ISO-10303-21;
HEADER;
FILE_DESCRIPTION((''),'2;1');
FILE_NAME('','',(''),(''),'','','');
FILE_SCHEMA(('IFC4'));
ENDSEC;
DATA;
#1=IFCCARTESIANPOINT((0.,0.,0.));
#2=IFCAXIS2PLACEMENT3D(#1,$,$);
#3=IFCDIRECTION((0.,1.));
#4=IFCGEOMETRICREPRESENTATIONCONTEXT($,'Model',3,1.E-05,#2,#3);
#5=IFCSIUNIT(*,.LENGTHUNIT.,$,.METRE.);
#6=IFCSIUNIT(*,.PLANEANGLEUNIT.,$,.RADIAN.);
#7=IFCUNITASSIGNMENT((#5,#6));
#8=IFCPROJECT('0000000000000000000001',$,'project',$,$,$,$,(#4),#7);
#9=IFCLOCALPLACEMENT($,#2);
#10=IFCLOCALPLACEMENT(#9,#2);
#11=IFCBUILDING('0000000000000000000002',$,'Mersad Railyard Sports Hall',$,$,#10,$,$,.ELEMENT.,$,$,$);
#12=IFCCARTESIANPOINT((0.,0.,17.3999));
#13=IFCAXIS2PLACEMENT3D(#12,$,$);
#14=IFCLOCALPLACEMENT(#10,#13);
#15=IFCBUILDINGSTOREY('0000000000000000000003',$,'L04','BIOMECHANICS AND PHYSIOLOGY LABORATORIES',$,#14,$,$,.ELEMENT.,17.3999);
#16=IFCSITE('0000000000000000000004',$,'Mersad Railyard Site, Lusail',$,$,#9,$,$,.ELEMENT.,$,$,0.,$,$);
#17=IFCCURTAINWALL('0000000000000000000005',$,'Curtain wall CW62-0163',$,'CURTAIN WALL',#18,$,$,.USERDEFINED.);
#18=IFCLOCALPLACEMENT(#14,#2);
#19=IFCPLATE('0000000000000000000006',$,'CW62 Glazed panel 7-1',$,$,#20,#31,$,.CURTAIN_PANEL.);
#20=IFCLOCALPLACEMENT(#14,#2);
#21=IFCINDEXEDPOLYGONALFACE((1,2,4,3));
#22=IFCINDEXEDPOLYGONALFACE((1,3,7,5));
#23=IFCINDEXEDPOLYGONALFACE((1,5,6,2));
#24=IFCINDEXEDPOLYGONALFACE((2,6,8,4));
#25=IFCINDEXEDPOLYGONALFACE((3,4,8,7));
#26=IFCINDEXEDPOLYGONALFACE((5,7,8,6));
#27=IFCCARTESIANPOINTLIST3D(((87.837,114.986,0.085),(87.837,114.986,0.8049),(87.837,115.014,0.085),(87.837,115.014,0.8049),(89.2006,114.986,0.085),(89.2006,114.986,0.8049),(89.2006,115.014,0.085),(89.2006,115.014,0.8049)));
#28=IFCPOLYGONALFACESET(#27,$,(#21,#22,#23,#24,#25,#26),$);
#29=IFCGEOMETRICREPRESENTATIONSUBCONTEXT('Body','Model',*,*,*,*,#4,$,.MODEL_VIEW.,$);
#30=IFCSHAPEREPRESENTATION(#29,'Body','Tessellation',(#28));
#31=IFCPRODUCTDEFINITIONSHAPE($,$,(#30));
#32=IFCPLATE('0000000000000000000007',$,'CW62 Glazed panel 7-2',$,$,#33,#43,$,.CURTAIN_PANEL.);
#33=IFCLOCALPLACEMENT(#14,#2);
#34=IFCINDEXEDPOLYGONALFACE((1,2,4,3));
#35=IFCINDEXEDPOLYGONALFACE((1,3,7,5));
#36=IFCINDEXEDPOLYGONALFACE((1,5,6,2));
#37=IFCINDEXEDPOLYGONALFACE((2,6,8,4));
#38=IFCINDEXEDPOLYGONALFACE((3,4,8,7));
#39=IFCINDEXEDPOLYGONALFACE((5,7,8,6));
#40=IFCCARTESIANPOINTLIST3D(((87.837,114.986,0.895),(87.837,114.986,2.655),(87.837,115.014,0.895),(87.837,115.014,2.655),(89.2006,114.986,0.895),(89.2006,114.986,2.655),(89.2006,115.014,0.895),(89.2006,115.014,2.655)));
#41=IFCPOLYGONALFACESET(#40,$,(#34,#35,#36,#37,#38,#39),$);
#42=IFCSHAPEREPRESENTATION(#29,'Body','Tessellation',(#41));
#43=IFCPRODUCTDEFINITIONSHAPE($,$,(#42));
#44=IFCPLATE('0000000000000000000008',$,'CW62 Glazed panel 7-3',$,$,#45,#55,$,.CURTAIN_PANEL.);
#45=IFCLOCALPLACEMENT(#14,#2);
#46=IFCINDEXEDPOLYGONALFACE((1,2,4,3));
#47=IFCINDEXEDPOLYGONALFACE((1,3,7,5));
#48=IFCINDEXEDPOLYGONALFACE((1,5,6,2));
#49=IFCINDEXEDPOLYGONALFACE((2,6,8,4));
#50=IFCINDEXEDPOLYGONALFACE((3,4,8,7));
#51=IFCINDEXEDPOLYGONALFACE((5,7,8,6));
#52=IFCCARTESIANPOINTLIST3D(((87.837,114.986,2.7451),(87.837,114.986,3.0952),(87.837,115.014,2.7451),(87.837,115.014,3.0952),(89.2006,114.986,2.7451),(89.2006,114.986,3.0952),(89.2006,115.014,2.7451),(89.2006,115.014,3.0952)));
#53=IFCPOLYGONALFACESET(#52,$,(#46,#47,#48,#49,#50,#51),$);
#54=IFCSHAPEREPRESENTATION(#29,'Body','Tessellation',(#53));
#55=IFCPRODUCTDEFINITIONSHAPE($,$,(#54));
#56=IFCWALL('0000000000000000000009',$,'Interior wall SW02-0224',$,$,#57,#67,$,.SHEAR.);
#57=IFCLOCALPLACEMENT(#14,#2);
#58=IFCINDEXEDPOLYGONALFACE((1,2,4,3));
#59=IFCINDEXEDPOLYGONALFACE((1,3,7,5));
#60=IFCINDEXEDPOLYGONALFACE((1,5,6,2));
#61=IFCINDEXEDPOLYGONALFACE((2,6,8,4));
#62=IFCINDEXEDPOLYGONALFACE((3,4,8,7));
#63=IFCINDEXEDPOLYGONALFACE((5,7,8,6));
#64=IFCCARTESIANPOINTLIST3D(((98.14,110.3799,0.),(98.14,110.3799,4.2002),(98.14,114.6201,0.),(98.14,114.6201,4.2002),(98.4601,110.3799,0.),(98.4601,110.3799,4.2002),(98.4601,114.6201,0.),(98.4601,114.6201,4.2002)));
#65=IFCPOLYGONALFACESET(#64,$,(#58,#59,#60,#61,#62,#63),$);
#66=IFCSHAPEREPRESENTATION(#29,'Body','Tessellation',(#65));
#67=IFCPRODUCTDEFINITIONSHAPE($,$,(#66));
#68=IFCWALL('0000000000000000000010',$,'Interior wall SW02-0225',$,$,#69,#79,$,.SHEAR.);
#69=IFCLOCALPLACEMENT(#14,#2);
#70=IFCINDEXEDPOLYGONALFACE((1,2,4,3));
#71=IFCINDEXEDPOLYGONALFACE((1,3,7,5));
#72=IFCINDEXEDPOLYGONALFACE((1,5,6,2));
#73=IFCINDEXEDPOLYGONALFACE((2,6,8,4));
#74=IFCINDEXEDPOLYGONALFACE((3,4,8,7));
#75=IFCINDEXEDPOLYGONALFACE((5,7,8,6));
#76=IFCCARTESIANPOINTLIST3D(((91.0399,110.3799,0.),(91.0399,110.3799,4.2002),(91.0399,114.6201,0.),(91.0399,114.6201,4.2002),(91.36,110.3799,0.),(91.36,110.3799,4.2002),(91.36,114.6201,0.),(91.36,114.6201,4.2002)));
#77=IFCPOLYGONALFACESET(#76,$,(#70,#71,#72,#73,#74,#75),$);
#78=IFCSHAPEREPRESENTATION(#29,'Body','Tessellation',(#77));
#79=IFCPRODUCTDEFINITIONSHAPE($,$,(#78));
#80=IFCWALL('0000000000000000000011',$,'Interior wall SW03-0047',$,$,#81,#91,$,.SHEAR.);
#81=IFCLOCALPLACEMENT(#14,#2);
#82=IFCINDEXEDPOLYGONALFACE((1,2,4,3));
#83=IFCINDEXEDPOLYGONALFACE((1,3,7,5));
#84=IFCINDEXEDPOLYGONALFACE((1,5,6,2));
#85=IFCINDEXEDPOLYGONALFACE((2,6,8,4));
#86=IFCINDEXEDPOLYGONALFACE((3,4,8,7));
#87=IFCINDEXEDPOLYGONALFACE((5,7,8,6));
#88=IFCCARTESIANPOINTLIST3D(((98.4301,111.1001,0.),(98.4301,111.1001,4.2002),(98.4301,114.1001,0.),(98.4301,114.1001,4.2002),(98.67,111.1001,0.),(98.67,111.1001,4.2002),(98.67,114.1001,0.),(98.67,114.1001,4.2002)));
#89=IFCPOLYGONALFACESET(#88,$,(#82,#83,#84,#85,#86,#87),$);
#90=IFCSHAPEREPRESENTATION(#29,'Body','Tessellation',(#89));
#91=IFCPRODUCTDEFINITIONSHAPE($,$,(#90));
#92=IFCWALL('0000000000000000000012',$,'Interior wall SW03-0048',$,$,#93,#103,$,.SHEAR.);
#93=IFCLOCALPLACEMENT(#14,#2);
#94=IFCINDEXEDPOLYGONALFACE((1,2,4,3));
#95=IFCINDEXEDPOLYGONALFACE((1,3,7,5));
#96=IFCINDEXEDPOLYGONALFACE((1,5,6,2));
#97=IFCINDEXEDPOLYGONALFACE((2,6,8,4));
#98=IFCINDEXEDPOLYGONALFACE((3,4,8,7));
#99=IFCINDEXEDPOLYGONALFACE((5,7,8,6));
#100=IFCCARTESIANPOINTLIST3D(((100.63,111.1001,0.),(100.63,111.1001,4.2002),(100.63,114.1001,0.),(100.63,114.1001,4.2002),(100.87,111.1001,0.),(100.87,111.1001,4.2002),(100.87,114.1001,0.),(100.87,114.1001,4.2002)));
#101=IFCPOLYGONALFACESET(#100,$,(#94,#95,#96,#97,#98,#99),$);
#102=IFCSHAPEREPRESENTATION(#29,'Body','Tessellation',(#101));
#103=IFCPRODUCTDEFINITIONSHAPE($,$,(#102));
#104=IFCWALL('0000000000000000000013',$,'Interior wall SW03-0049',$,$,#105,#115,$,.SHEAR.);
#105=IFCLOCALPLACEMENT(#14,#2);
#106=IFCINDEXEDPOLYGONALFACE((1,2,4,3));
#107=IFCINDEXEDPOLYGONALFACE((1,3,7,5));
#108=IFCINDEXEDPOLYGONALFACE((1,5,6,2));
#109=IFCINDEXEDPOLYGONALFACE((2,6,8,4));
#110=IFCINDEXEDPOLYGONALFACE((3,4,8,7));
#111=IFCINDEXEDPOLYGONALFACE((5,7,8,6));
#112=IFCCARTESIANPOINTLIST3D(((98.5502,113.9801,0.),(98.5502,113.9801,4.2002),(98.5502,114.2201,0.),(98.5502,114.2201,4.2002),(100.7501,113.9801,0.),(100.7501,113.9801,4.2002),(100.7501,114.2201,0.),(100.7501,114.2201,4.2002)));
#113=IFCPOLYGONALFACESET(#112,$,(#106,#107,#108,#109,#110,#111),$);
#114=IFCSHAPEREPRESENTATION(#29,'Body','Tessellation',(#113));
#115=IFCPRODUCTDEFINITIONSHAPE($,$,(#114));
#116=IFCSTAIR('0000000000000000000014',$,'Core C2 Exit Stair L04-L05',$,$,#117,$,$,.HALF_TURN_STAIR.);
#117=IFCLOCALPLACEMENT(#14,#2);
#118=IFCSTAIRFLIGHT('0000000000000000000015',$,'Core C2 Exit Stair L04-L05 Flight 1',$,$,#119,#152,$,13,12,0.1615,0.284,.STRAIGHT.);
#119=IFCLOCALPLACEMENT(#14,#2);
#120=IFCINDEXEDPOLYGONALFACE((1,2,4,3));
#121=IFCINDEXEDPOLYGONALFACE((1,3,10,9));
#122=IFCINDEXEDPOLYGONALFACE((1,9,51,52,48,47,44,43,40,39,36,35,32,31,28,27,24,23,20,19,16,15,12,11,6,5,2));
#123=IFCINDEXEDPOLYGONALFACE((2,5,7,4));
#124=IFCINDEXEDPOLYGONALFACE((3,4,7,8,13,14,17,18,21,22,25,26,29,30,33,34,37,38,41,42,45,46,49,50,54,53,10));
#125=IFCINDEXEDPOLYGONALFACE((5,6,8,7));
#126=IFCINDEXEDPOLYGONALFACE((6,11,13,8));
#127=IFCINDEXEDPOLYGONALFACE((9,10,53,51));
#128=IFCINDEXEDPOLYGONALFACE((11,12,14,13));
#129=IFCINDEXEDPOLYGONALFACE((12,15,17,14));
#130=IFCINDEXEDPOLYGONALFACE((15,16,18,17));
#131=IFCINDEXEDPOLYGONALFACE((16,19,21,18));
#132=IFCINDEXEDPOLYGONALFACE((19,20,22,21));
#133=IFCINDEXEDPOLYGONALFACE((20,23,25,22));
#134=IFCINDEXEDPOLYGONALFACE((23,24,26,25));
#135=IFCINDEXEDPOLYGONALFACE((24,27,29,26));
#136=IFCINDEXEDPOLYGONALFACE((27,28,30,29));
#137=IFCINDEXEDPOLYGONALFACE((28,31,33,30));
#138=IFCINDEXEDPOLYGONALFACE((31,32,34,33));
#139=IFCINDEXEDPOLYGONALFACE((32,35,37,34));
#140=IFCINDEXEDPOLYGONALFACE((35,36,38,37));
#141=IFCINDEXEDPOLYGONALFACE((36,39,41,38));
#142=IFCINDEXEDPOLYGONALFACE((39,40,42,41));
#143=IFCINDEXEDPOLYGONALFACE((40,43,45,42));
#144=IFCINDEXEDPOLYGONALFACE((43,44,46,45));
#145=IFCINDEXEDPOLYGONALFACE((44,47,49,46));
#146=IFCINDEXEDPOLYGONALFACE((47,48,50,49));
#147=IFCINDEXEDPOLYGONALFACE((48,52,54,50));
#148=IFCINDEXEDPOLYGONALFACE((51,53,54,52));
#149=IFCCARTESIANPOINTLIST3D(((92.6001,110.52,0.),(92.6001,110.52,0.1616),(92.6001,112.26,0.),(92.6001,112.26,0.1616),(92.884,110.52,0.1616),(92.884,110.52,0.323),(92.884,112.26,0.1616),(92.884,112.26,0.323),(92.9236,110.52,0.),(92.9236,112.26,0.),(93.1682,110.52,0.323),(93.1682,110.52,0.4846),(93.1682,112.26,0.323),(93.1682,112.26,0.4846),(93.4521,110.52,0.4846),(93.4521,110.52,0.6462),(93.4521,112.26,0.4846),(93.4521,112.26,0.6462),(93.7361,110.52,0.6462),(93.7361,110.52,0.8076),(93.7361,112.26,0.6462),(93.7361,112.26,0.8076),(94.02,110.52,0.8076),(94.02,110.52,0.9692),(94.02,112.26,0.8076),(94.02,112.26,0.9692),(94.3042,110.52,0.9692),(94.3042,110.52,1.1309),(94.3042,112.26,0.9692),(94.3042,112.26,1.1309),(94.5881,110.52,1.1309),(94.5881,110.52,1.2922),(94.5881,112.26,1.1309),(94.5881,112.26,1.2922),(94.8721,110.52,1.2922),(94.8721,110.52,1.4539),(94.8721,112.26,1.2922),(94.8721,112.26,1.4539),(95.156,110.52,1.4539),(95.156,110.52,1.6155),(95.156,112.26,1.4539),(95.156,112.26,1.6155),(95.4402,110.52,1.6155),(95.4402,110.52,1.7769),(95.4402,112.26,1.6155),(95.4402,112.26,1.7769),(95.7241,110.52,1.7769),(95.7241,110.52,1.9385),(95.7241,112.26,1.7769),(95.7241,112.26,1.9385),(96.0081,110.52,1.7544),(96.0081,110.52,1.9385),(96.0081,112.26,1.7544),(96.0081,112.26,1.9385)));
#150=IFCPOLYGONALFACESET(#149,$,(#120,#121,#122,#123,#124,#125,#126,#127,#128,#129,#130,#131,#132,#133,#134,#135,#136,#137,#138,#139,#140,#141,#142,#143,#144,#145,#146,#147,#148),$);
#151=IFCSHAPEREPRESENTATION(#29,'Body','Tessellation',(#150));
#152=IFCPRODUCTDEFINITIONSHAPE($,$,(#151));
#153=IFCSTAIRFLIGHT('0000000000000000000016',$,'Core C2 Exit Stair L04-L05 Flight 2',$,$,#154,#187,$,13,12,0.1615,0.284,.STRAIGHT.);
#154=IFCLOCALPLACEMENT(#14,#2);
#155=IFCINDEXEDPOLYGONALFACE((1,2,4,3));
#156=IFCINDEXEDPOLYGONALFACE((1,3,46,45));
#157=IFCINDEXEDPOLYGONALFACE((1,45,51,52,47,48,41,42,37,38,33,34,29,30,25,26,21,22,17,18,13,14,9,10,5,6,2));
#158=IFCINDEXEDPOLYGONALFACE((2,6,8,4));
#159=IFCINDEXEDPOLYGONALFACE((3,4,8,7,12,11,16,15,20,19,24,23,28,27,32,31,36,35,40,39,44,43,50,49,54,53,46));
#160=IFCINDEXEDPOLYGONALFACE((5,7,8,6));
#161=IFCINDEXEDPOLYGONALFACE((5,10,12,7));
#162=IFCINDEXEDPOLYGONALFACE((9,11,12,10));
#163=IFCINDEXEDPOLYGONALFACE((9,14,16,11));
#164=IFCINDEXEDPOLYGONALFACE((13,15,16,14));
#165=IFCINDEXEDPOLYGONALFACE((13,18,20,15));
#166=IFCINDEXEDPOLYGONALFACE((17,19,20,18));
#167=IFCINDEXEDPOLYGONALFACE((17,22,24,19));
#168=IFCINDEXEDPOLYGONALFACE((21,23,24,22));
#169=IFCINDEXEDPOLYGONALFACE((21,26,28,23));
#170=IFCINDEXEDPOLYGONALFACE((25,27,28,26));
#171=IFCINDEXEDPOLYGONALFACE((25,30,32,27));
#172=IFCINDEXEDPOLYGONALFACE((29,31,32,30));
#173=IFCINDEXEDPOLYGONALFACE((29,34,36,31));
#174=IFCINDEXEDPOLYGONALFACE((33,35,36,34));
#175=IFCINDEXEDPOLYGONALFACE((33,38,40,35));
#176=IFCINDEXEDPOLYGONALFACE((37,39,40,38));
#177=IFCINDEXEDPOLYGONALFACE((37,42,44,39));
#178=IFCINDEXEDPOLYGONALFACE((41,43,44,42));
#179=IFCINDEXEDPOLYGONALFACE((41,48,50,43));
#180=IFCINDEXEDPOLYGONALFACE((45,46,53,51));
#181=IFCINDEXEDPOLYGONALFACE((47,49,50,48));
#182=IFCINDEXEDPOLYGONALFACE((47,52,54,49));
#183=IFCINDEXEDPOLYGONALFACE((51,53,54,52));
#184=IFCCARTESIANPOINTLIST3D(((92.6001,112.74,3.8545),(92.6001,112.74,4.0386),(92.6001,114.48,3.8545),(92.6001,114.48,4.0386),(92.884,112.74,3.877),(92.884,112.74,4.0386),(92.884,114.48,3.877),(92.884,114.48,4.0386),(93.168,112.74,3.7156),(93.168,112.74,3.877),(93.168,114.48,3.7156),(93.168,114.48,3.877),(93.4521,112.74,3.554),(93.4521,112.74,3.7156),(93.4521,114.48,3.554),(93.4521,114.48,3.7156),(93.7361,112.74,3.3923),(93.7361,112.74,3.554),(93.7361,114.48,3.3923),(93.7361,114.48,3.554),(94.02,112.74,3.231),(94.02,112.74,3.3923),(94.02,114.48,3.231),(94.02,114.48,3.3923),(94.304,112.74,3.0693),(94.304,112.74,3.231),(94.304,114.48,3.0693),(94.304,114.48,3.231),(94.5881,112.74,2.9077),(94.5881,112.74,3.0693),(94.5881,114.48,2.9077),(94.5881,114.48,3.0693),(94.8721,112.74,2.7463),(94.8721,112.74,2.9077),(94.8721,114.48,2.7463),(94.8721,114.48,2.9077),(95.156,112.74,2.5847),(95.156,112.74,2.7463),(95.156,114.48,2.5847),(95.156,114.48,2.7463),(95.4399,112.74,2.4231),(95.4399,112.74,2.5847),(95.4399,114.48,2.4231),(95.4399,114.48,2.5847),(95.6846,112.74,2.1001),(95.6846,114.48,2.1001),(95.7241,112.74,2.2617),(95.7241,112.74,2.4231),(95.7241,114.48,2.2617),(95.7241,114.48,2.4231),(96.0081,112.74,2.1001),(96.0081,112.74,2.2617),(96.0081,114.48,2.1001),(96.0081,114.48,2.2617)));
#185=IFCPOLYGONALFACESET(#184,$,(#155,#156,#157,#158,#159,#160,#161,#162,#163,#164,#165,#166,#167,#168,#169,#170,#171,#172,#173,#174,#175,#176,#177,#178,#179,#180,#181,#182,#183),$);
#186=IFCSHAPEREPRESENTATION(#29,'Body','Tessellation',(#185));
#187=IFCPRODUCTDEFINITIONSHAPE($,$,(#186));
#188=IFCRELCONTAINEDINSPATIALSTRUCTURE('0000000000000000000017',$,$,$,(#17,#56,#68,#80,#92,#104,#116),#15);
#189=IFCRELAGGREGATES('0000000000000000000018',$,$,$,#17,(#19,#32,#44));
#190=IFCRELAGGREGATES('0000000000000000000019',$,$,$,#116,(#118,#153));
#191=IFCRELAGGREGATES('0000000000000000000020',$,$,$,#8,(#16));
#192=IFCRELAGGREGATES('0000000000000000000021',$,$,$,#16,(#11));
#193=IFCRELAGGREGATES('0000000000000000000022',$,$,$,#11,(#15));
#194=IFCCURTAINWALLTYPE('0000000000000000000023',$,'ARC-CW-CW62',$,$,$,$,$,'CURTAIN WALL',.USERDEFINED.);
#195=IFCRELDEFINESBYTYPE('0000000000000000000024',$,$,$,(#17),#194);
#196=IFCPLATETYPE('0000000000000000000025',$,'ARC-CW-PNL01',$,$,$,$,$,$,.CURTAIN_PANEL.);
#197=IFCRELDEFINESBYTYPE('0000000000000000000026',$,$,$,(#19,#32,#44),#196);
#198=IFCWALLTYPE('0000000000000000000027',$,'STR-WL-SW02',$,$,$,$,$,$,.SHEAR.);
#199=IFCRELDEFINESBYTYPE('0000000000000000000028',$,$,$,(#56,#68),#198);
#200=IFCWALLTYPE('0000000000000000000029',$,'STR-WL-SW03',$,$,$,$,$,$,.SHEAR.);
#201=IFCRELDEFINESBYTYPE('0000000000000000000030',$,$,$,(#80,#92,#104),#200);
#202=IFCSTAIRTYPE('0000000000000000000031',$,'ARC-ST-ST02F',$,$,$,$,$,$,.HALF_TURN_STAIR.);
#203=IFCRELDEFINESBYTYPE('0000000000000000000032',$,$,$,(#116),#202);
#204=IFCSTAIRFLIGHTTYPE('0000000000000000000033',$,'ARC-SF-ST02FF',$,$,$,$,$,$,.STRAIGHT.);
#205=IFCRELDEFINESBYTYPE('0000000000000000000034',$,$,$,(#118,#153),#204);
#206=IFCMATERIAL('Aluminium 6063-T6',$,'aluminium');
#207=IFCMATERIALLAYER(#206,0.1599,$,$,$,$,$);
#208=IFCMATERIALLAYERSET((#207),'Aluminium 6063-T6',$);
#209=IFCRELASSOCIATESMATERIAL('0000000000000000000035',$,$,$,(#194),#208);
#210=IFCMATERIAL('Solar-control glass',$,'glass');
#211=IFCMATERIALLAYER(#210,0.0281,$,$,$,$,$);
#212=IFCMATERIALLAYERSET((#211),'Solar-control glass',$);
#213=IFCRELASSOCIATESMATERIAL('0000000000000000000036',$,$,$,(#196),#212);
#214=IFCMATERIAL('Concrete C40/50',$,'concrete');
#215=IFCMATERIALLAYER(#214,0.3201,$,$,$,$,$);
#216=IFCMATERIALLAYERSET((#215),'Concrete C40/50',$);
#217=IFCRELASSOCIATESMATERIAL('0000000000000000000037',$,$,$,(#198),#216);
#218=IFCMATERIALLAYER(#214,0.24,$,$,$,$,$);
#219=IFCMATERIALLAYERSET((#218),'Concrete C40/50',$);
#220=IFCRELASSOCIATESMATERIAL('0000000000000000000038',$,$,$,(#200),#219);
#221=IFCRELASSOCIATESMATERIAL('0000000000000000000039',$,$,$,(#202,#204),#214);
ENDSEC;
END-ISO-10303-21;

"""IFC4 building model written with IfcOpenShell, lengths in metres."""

from ifc_helpers import new_model, si_unit, direction, frame, frame_2d, origin, origin_2d, place, context, subcontext, project, spatial, polyline, rectangle, outline, extrude, material, layer, layer_set, type_object, element, aggregate, save


model = new_model("IFC4")

# Units and contexts
model_context = context("Model", 3, precision=1e-05, world=origin(), true_north=direction((0.0, 1.0)))
body_context = subcontext(model_context, "Body", "Model", "MODEL_VIEW")
ifc_project = project(units=[si_unit("LENGTHUNIT", "METRE"), si_unit("PLANEANGLEUNIT", "RADIAN")], contexts=[model_context])

# Site, building, storey
site_placement = place(None, origin())
site = spatial("IfcSite", under=ifc_project, at=site_placement, Name="Mersad Railyard Site, Lusail", CompositionType="ELEMENT", RefElevation=0.0)
building_placement = place(site_placement, origin())
building = spatial("IfcBuilding", under=site, at=building_placement, Name="Mersad Railyard Sports Hall", CompositionType="ELEMENT")
storey_placement = place(building_placement, frame((0.0, 0.0, 17.3999)))
storey = spatial("IfcBuildingStorey", under=building, at=storey_placement, Name="L04", Description="BIOMECHANICS AND PHYSIOLOGY LABORATORIES", CompositionType="ELEMENT", Elevation=17.3999)

# Curtain wall
ifc_material_1 = material(Name="Aluminium 6063-T6", Category="aluminium")
ifc_layer_1 = layer(ifc_material_1, 0.1599)
ifc_layer_set_1 = layer_set([ifc_layer_1], Name="Aluminium 6063-T6")
curtain_wall_type = type_object("IfcCurtainWallType", Name="ARC-CW-CW62", ElementType="CURTAIN WALL", PredefinedType="USERDEFINED", material=ifc_layer_set_1)
curtain_wall_placement = place(storey_placement, origin())
curtain_wall = element("IfcCurtainWall", 1, at=curtain_wall_placement, inside=storey, type_object=curtain_wall_type, Name="Curtain wall CW62-0163", ObjectType="CURTAIN WALL", PredefinedType="USERDEFINED")

# Shared definitions
ifc_material_2 = material(Name="Concrete C40/50", Category="concrete")

# Plates
ifc_material_3 = material(Name="Solar-control glass", Category="glass")
ifc_layer_2 = layer(ifc_material_3, 0.0281)
ifc_layer_set_2 = layer_set([ifc_layer_2], Name="Solar-control glass")
plate_type = type_object("IfcPlateType", Name="ARC-CW-PNL01", PredefinedType="CURTAIN_PANEL", material=ifc_layer_set_2)
plate_1_placement = place(storey_placement, frame((88.5188, 115.0, 0.085), z_axis=(0.0, 0.0, 1.0), x_axis=(1.0, 0.0, 0.0)))
plate_1 = element("IfcPlate", 2, at=plate_1_placement, type_object=plate_type, Name="CW62 Glazed panel 7-1", PredefinedType="CURTAIN_PANEL", context=body_context, shape_type="SweptSolid", body=[
    extrude(rectangle(XDim=1.3635, YDim=0.0281, at=origin_2d()), origin(), (0.0, 0.0, 1.0), 0.72),
])
plate_2_placement = place(storey_placement, frame((88.5188, 115.0, 0.895), z_axis=(0.0, 0.0, 1.0), x_axis=(1.0, 0.0, 0.0)))
plate_2 = element("IfcPlate", 3, at=plate_2_placement, type_object=plate_type, Name="CW62 Glazed panel 7-2", PredefinedType="CURTAIN_PANEL", context=body_context, shape_type="SweptSolid", body=[
    extrude(rectangle(XDim=1.3635, YDim=0.0281, at=origin_2d()), origin(), (0.0, 0.0, 1.0), 1.76),
])
plate_3_placement = place(storey_placement, frame((88.5188, 115.0, 2.7451), z_axis=(0.0, 0.0, 1.0), x_axis=(1.0, 0.0, 0.0)))
plate_3 = element("IfcPlate", 4, at=plate_3_placement, type_object=plate_type, Name="CW62 Glazed panel 7-3", PredefinedType="CURTAIN_PANEL", context=body_context, shape_type="SweptSolid", body=[
    extrude(rectangle(XDim=1.3635, YDim=0.0281, at=origin_2d()), origin(), (0.0, 0.0, 1.0), 0.3501),
])
aggregate(curtain_wall, [plate_1, plate_2, plate_3])

# Shared definitions
ifc_layer_3 = layer(ifc_material_2, 0.3201)
ifc_layer_set_3 = layer_set([ifc_layer_3], Name="Concrete C40/50")
wall_type_1 = type_object("IfcWallType", Name="STR-WL-SW02", PredefinedType="SHEAR", material=ifc_layer_set_3)

# Walls
for number, where, z_axis, x_axis, name in (
    (5, (98.3, 110.3799, 0.0), (0.0, 0.0, 1.0), (0.0, 1.0, 0.0), "Interior wall SW02-0224"),
    (6, (91.2, 114.6201, 0.0), (0.0, 0.0, 1.0), (0.0, -1.0, 0.0), "Interior wall SW02-0225"),
):
    element("IfcWall", number, at=place(storey_placement, frame(where, z_axis=z_axis, x_axis=x_axis)), inside=storey, type_object=wall_type_1, Name=name, PredefinedType="SHEAR", context=body_context, shape_type="SweptSolid", body=[
        extrude(rectangle(XDim=4.2402, YDim=0.3201, at=frame_2d((2.1201, 0.0))), origin(), (0.0, 0.0, 1.0), 4.2002),
    ])
ifc_layer_4 = layer(ifc_material_2, 0.24)
ifc_layer_set_4 = layer_set([ifc_layer_4], Name="Concrete C40/50")
wall_type_2 = type_object("IfcWallType", Name="STR-WL-SW03", PredefinedType="SHEAR", material=ifc_layer_set_4)
for number, where, z_axis, x_axis, name in (
    (7, (98.55, 111.1001, 0.0), (0.0, 0.0, 1.0), (0.0, 1.0, 0.0), "Interior wall SW03-0047"),
    (8, (100.75, 114.1001, 0.0), (0.0, 0.0, 1.0), (0.0, -1.0, 0.0), "Interior wall SW03-0048"),
):
    element("IfcWall", number, at=place(storey_placement, frame(where, z_axis=z_axis, x_axis=x_axis)), inside=storey, type_object=wall_type_2, Name=name, PredefinedType="SHEAR", context=body_context, shape_type="SweptSolid", body=[
        extrude(rectangle(XDim=3.0, YDim=0.24, at=frame_2d((1.5, 0.0))), origin(), (0.0, 0.0, 1.0), 4.2002),
    ])
wall_1_placement = place(storey_placement, frame((98.55, 114.1001, 0.0), z_axis=(0.0, 0.0, 1.0), x_axis=(1.0, 0.0, 0.0)))
element("IfcWall", 9, at=wall_1_placement, inside=storey, type_object=wall_type_2, Name="Interior wall SW03-0049", PredefinedType="SHEAR", context=body_context, shape_type="SweptSolid", body=[
    extrude(rectangle(XDim=2.2, YDim=0.24, at=frame_2d((1.1001, 0.0))), origin(), (0.0, 0.0, 1.0), 4.2002),
])

# Stair, stair flights
stair_type = type_object("IfcStairType", Name="ARC-ST-ST02F", PredefinedType="HALF_TURN_STAIR", material=ifc_material_2)
stair_placement = place(storey_placement, origin())
stair = element("IfcStair", 10, at=stair_placement, inside=storey, type_object=stair_type, Name="Core C2 Exit Stair L04-L05", PredefinedType="HALF_TURN_STAIR")
stair_flight_type = type_object("IfcStairFlightType", Name="ARC-SF-ST02FF", PredefinedType="STRAIGHT", material=ifc_material_2)
stair_flight_1_placement = place(storey_placement, frame((92.6001, 111.3899, 0.0), z_axis=(0.0, 0.0, 1.0), x_axis=(1.0, 0.0, 0.0)))
stair_flight_1 = element("IfcStairFlight", 11, at=stair_flight_1_placement, type_object=stair_flight_type, Name="Core C2 Exit Stair L04-L05 Flight 1", NumberOfRisers=13, NumberOfTreads=12, PredefinedType="STRAIGHT", RiserHeight=0.1615, TreadLength=0.284, context=body_context, shape_type="SweptSolid", body=[
    extrude(outline(polyline([(0.0, 0.0), (0.0, 0.1616), (0.2839, 0.1616), (0.2839, 0.323), (0.5681, 0.323), (0.5681, 0.4846), (0.8521, 0.4846), (0.8521, 0.6462), (1.136, 0.6462), (1.136, 0.8076), (1.4199, 0.8076), (1.4199, 0.9692), (1.7041, 0.9692), (1.7041, 1.1309), (1.988, 1.1309), (1.988, 1.2922), (2.272, 1.2922), (2.272, 1.4539), (2.5559, 1.4539), (2.5559, 1.6155), (2.8401, 1.6155), (2.8401, 1.7769), (3.124, 1.7769), (3.124, 1.9385), (3.408, 1.9385), (3.408, 2.1001), (3.408, 1.7544), (0.3235, 0.0), (0.0, 0.0)])), frame((0.0, 0.8701, 0.0), z_axis=(0.0, -1.0, 0.0), x_axis=(1.0, 0.0, 0.0)), (0.0, 0.0, 1.0), 1.74),
])
stair_flight_2_placement = place(storey_placement, frame((96.0081, 113.6101, 2.1001), z_axis=(0.0, 0.0, 1.0), x_axis=(-1.0, 0.0, 0.0)))
stair_flight_2 = element("IfcStairFlight", 12, at=stair_flight_2_placement, type_object=stair_flight_type, Name="Core C2 Exit Stair L04-L05 Flight 2", NumberOfRisers=13, NumberOfTreads=12, PredefinedType="STRAIGHT", RiserHeight=0.1615, TreadLength=0.284, context=body_context, shape_type="SweptSolid", body=[
    extrude(outline(polyline([(0.0, 0.0), (0.0, 0.1616), (0.2839, 0.1616), (0.2839, 0.323), (0.5681, 0.323), (0.5681, 0.4846), (0.8521, 0.4846), (0.8521, 0.6462), (1.136, 0.6462), (1.136, 0.8076), (1.4199, 0.8076), (1.4199, 0.9692), (1.7041, 0.9692), (1.7041, 1.1309), (1.988, 1.1309), (1.988, 1.2922), (2.272, 1.2922), (2.272, 1.4539), (2.5559, 1.4539), (2.5559, 1.6155), (2.8401, 1.6155), (2.8401, 1.7769), (3.124, 1.7769), (3.124, 1.9385), (3.408, 1.9385), (3.408, 2.1001), (3.408, 1.7544), (0.3235, 0.0), (0.0, 0.0)])), frame((0.0, 0.8701, 0.0), z_axis=(0.0, -1.0, 0.0), x_axis=(1.0, 0.0, 0.0)), (0.0, 0.0, 1.0), 1.74),
])
aggregate(stair, [stair_flight_1, stair_flight_2])

save(model, "model.ifc")
